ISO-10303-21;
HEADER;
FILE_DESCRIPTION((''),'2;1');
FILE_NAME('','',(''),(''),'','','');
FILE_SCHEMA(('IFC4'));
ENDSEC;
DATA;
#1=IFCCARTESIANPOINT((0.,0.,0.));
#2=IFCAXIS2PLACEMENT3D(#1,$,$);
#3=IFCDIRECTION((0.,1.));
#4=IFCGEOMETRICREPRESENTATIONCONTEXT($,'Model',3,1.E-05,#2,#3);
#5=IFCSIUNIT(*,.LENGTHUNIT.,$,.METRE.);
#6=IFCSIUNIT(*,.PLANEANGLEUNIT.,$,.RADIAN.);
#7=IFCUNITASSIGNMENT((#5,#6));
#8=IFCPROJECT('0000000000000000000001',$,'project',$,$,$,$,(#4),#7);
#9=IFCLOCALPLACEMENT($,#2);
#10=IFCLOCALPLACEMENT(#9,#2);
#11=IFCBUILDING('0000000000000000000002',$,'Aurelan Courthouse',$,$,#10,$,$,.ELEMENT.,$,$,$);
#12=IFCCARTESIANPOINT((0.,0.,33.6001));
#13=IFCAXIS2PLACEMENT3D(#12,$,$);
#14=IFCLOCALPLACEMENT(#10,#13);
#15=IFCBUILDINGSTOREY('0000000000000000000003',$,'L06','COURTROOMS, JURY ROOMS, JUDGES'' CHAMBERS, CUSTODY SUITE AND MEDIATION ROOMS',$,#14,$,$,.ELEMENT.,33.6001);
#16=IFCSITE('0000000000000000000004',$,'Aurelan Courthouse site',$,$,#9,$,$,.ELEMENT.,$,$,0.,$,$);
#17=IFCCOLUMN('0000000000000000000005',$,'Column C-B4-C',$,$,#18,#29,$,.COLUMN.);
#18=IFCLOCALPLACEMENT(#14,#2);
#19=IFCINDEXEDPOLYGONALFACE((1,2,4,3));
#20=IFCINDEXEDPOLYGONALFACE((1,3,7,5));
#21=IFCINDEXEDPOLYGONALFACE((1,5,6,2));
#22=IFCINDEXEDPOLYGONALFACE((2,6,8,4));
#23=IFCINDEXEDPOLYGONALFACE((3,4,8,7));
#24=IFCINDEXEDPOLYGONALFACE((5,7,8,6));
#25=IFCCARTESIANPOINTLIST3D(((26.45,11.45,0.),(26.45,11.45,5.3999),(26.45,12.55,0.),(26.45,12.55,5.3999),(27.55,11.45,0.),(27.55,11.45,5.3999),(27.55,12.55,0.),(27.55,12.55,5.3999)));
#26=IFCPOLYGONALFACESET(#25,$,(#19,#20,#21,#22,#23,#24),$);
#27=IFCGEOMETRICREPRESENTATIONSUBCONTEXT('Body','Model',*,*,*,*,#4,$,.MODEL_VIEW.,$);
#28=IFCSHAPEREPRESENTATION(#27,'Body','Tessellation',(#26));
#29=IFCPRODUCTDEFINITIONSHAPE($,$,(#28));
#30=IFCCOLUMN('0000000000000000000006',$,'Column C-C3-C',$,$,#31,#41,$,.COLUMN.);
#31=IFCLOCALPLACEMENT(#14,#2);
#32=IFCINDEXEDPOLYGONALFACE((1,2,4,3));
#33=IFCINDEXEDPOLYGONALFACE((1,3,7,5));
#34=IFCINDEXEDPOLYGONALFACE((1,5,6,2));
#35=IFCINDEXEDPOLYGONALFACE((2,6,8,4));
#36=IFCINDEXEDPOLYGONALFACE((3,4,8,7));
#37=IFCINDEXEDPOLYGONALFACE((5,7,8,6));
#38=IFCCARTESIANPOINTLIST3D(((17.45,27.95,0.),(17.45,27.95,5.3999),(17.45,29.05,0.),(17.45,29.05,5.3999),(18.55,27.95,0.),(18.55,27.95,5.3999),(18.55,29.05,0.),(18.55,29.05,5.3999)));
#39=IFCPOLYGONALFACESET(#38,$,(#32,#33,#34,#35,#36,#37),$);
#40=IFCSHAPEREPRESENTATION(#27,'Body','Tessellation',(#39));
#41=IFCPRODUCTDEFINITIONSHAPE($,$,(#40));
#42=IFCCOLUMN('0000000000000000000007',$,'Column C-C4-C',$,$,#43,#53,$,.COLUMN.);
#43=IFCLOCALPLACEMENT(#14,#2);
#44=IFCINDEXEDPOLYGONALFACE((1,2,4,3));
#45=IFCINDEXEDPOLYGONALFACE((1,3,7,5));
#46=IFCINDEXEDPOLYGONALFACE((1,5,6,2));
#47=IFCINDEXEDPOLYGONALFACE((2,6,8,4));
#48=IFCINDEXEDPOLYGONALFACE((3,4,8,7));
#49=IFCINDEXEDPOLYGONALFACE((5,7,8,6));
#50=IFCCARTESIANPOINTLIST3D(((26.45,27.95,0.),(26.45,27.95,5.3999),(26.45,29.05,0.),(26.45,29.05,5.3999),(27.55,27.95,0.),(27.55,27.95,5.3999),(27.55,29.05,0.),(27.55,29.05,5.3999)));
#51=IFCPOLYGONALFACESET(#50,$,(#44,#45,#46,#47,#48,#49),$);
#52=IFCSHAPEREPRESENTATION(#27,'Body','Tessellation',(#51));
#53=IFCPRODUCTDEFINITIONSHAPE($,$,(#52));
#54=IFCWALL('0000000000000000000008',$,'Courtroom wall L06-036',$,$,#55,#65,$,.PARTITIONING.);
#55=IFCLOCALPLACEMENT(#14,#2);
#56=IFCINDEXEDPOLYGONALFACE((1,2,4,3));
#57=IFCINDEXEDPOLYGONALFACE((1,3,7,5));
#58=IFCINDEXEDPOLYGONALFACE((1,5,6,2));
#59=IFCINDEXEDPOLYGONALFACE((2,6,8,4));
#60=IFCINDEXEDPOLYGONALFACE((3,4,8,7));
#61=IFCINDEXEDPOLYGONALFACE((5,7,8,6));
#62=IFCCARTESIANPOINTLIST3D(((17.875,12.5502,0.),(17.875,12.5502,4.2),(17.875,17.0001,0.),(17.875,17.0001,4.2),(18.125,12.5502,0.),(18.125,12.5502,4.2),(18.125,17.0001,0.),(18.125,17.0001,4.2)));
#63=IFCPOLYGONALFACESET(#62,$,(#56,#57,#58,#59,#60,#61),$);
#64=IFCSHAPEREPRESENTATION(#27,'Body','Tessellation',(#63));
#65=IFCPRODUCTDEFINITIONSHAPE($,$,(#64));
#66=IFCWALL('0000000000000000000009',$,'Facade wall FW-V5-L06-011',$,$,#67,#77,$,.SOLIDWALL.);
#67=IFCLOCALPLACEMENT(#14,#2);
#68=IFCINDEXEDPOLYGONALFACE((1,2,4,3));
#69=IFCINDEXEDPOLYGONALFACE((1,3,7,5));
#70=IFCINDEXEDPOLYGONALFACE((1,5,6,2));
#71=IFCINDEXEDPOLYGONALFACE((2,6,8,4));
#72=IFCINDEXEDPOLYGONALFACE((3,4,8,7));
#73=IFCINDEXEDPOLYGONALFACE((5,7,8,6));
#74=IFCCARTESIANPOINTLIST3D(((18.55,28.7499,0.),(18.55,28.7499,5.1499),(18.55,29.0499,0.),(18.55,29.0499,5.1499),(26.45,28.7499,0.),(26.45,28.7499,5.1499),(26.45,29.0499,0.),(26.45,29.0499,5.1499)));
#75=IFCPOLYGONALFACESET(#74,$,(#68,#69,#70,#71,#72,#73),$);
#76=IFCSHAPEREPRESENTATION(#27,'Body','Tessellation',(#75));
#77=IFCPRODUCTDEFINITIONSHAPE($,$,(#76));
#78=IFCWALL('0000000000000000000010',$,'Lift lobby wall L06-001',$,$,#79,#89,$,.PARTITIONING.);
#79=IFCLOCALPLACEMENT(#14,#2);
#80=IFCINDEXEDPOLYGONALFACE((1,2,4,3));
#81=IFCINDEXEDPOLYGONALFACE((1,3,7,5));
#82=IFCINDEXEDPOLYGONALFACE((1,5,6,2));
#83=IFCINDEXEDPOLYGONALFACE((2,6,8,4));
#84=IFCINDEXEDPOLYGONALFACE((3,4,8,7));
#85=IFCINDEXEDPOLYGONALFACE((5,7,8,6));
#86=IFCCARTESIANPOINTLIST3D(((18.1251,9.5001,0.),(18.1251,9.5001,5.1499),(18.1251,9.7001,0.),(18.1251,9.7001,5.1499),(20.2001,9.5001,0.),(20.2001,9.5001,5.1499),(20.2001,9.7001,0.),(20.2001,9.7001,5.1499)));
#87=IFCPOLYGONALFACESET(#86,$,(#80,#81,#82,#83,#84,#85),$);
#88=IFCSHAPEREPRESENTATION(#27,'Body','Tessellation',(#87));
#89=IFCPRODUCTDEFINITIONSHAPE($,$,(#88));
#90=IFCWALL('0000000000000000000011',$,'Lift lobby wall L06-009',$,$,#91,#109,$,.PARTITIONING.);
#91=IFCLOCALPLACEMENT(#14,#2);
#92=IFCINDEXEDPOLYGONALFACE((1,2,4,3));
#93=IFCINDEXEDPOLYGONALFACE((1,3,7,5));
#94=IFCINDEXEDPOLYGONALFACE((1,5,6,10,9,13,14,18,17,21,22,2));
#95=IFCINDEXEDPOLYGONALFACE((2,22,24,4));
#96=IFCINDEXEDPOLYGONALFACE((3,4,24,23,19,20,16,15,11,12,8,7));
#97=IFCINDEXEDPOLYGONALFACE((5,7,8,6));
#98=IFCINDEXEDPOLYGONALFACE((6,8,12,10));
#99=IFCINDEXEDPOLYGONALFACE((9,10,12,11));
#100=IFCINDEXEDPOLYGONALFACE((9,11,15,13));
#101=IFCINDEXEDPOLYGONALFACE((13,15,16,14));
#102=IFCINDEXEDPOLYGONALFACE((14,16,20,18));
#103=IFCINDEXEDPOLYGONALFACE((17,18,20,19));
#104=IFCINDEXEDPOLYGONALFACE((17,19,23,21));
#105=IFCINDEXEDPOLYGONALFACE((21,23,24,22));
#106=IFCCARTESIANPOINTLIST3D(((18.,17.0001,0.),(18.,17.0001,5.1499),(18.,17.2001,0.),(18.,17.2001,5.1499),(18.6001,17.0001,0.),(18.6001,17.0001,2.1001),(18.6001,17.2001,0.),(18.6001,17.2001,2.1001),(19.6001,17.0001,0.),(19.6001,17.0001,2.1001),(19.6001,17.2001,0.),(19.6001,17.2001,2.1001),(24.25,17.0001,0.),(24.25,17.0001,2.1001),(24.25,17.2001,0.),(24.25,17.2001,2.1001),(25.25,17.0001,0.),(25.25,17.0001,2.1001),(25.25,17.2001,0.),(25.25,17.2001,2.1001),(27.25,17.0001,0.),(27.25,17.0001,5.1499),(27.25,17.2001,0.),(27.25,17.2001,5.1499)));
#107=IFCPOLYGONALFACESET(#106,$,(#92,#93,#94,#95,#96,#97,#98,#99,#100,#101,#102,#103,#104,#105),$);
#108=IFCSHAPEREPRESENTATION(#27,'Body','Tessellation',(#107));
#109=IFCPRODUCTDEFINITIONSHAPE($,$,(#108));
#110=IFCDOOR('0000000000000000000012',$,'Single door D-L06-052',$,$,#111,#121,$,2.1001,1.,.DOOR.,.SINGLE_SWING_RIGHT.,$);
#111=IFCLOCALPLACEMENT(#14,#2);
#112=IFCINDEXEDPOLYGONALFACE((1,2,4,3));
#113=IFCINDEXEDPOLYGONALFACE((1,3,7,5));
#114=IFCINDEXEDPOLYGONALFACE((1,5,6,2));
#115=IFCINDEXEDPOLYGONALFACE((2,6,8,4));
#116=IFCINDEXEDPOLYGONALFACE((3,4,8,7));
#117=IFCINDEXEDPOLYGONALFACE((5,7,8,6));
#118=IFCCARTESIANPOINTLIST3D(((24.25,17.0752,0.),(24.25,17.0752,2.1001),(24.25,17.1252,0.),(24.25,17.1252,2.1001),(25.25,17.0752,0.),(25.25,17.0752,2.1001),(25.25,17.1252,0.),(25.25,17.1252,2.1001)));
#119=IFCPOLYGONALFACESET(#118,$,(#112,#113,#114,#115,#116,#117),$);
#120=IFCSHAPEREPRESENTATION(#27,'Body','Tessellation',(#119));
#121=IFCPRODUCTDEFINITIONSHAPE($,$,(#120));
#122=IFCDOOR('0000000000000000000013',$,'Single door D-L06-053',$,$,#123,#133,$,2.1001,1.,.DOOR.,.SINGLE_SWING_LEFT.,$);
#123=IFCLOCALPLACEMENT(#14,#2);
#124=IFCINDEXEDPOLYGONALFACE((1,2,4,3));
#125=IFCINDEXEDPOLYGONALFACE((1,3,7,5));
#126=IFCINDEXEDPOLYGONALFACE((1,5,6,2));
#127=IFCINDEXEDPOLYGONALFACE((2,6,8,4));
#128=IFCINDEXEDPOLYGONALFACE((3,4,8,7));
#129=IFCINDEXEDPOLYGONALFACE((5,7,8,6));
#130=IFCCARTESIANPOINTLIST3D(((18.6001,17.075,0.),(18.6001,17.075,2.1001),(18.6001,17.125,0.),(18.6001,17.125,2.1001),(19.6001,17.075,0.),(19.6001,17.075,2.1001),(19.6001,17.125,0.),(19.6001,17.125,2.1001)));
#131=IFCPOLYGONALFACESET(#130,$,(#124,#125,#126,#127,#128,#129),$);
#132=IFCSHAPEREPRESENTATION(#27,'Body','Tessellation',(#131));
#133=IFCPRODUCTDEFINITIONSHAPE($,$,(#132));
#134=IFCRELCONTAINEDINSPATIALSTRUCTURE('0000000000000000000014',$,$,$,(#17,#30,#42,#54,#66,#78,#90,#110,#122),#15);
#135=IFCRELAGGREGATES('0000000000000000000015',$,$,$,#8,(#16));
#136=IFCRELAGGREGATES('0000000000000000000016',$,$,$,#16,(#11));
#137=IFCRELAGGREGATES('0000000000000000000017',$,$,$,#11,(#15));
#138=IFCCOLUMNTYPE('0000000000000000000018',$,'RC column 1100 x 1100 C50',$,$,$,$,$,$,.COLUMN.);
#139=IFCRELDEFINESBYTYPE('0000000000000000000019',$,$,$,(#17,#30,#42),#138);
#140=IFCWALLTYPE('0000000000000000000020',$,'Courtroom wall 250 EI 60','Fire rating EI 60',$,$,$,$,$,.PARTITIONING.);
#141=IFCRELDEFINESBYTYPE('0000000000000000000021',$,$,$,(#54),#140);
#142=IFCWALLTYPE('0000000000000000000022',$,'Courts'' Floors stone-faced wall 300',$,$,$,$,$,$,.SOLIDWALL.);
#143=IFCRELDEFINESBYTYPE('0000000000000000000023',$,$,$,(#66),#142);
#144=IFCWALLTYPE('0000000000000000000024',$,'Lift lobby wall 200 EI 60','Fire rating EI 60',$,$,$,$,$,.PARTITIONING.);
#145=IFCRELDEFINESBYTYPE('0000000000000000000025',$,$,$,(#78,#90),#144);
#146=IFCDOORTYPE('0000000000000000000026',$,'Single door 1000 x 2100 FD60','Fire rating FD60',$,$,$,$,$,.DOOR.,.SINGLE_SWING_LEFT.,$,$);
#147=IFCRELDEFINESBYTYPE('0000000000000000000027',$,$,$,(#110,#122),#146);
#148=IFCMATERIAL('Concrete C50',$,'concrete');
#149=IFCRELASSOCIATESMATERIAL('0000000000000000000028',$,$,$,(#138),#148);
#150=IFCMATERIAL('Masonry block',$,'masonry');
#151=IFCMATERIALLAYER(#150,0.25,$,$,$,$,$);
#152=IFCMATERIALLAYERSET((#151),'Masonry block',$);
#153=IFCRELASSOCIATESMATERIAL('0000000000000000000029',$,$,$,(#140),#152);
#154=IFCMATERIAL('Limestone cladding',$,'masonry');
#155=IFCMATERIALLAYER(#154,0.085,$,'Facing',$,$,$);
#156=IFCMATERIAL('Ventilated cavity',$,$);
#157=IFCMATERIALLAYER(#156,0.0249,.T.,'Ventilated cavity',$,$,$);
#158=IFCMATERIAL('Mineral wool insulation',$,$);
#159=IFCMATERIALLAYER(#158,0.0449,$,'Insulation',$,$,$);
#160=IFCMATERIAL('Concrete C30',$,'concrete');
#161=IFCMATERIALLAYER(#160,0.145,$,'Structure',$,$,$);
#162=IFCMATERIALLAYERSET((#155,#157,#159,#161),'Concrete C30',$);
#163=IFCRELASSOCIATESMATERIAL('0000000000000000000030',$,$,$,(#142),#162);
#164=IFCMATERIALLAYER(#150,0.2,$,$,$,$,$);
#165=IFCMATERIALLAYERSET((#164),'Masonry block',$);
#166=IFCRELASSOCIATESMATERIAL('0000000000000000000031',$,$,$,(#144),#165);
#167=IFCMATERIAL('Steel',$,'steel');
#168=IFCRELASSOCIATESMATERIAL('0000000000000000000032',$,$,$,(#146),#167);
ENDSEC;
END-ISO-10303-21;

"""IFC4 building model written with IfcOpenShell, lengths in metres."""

from ifc_helpers import new_model, si_unit, direction, frame, frame_2d, origin, origin_2d, place, context, subcontext, project, spatial, rectangle, extrude, material, layer, layer_set, material_profile, profile_set, type_object, element, fill, save


model = new_model("IFC4")

# Units and contexts
model_context = context("Model", 3, precision=1e-05, world=origin(), true_north=direction((0.0, 1.0)))
body_context = subcontext(model_context, "Body", "Model", "MODEL_VIEW")
ifc_project = project(units=[si_unit("LENGTHUNIT", "METRE"), si_unit("PLANEANGLEUNIT", "RADIAN")], contexts=[model_context])

# Site, building, storey
site_placement = place(None, origin())
site = spatial("IfcSite", under=ifc_project, at=site_placement, Name="Aurelan Courthouse site", CompositionType="ELEMENT", RefElevation=0.0)
building_placement = place(site_placement, origin())
building = spatial("IfcBuilding", under=site, at=building_placement, Name="Aurelan Courthouse", CompositionType="ELEMENT")
storey_placement = place(building_placement, frame((0.0, 0.0, 33.6001)))
storey = spatial("IfcBuildingStorey", under=building, at=storey_placement, Name="L06", Description="COURTROOMS, JURY ROOMS, JUDGES' CHAMBERS, CUSTODY SUITE AND MEDIATION ROOMS", CompositionType="ELEMENT", Elevation=33.6001)

# Columns
ifc_material_1 = material(Name="Concrete C50", Category="concrete")
ifc_material_profile = material_profile(ifc_material_1, rectangle(XDim=1.1001, YDim=1.1001, at=origin_2d()), Name="RC 1100 x 1100")
ifc_profile_set = profile_set([ifc_material_profile], Name="Concrete C50")
column_type = type_object("IfcColumnType", Name="RC column 1100 x 1100 C50", PredefinedType="COLUMN", material=ifc_profile_set)
for number, where, z_axis, x_axis, name in (
    (1, (27.0, 12.0, 0.0), (0.0, 0.0, 1.0), (1.0, 0.0, 0.0), "Column C-B4-C"),
    (2, (18.0, 28.5, 0.0), (0.0, 0.0, 1.0), (1.0, 0.0, 0.0), "Column C-C3-C"),
    (3, (27.0, 28.5, 0.0), (0.0, 0.0, 1.0), (1.0, 0.0, 0.0), "Column C-C4-C"),
):
    element("IfcColumn", number, at=place(storey_placement, frame(where, z_axis=z_axis, x_axis=x_axis)), inside=storey, type_object=column_type, Name=name, PredefinedType="COLUMN", context=body_context, shape_type="SweptSolid", body=[
        extrude(rectangle(XDim=1.1001, YDim=1.1001, at=origin_2d()), origin(), (0.0, 0.0, 1.0), 5.3999),
    ])

# Walls
ifc_material_2 = material(Name="Masonry block", Category="masonry")
ifc_layer_1 = layer(ifc_material_2, 0.25)
ifc_layer_set_1 = layer_set([ifc_layer_1], Name="Masonry block")
wall_type_1 = type_object("IfcWallType", Name="Courtroom wall 250 EI 60", Description="Fire rating EI 60", PredefinedType="PARTITIONING", material=ifc_layer_set_1)
wall_1_placement = place(storey_placement, frame((18.0, 12.55, 0.0), z_axis=(0.0, 0.0, 1.0), x_axis=(0.0, 1.0, 0.0)))
element("IfcWall", 4, at=wall_1_placement, inside=storey, type_object=wall_type_1, Name="Courtroom wall L06-036", PredefinedType="PARTITIONING", context=body_context, shape_type="SweptSolid", body=[
    extrude(rectangle(XDim=4.45, YDim=0.25, at=frame_2d((2.2251, 0.0))), origin(), (0.0, 0.0, 1.0), 4.2),
])
ifc_material_3 = material(Name="Limestone cladding", Category="masonry")
ifc_layer_2 = layer(ifc_material_3, 0.085, Name="Facing")
ifc_material_4 = material(Name="Ventilated cavity")
ifc_layer_3 = layer(ifc_material_4, 0.0249, ventilated=True, Name="Ventilated cavity")
ifc_material_5 = material(Name="Mineral wool insulation")
ifc_layer_4 = layer(ifc_material_5, 0.0449, Name="Insulation")
ifc_material_6 = material(Name="Concrete C30", Category="concrete")
ifc_layer_5 = layer(ifc_material_6, 0.145, Name="Structure")
ifc_layer_set_2 = layer_set([ifc_layer_2, ifc_layer_3, ifc_layer_4, ifc_layer_5], Name="Concrete C30")
wall_type_2 = type_object("IfcWallType", Name="Courts' Floors stone-faced wall 300", PredefinedType="SOLIDWALL", material=ifc_layer_set_2)
wall_2_placement = place(storey_placement, frame((18.55, 28.8999, 0.0), z_axis=(0.0, 0.0, 1.0), x_axis=(1.0, 0.0, 0.0)))
element("IfcWall", 5, at=wall_2_placement, inside=storey, type_object=wall_type_2, Name="Facade wall FW-V5-L06-011", PredefinedType="SOLIDWALL", context=body_context, shape_type="SweptSolid", body=[
    extrude(rectangle(XDim=7.8999, YDim=0.3, at=frame_2d((3.95, 0.0))), origin(), (0.0, 0.0, 1.0), 5.1499),
])
ifc_layer_6 = layer(ifc_material_2, 0.2)
ifc_layer_set_3 = layer_set([ifc_layer_6], Name="Masonry block")
wall_type_3 = type_object("IfcWallType", Name="Lift lobby wall 200 EI 60", Description="Fire rating EI 60", PredefinedType="PARTITIONING", material=ifc_layer_set_3)
wall_3_placement = place(storey_placement, frame((18.125, 9.6001, 0.0), z_axis=(0.0, 0.0, 1.0), x_axis=(1.0, 0.0, 0.0)))
element("IfcWall", 6, at=wall_3_placement, inside=storey, type_object=wall_type_3, Name="Lift lobby wall L06-001", PredefinedType="PARTITIONING", context=body_context, shape_type="SweptSolid", body=[
    extrude(rectangle(XDim=2.075, YDim=0.2, at=frame_2d((1.0376, 0.0))), origin(), (0.0, 0.0, 1.0), 5.1499),
])

# Wall, openings, doors
wall_4_placement = place(storey_placement, frame((18.0, 17.1001, 0.0), z_axis=(0.0, 0.0, 1.0), x_axis=(1.0, 0.0, 0.0)))
wall_4 = element("IfcWall", 7, at=wall_4_placement, inside=storey, type_object=wall_type_3, Name="Lift lobby wall L06-009", PredefinedType="PARTITIONING", context=body_context, shape_type="SweptSolid", body=[
    extrude(rectangle(XDim=9.25, YDim=0.2, at=frame_2d((4.625, 0.0))), origin(), (0.0, 0.0, 1.0), 5.1499),
])
opening_1_placement = place(wall_4_placement, frame((7.25, 0.0, 0.0), z_axis=(0.0, 0.0, 1.0), x_axis=(-1.0, 0.0, 0.0)))
opening_1 = element("IfcOpeningElement", 8, at=opening_1_placement, cuts=wall_4, PredefinedType="OPENING", context=body_context, shape_type="SweptSolid", body=[
    extrude(rectangle(XDim=1.0, YDim=2.1001, at=frame_2d((0.5, 1.05))), frame((0.0, 0.1099, 0.0), z_axis=(0.0, -1.0, 0.0), x_axis=(1.0, 0.0, 0.0)), (0.0, 0.0, 1.0), 0.22),
])
opening_2_placement = place(wall_4_placement, frame((0.6001, 0.0, 0.0)))
opening_2 = element("IfcOpeningElement", 9, at=opening_2_placement, cuts=wall_4, PredefinedType="OPENING", context=body_context, shape_type="SweptSolid", body=[
    extrude(rectangle(XDim=1.0, YDim=2.1001, at=frame_2d((0.5, 1.05))), frame((0.0, 0.1099, 0.0), z_axis=(0.0, -1.0, 0.0), x_axis=(1.0, 0.0, 0.0)), (0.0, 0.0, 1.0), 0.22),
])
ifc_material_7 = material(Name="Steel", Category="steel")
door_type_1 = type_object("IfcDoorType", Name="Single door 1000 x 2100 FD60", Description="Fire rating FD60", OperationType="SINGLE_SWING_LEFT", PredefinedType="DOOR", material=ifc_material_7)
door_1_placement = place(opening_1_placement, origin())
door_1 = element("IfcDoor", 10, at=door_1_placement, inside=storey, type_object=door_type_1, Name="Single door D-L06-052", OperationType="SINGLE_SWING_RIGHT", OverallHeight=2.1001, OverallWidth=1.0, PredefinedType="DOOR", context=body_context, shape_type="SweptSolid", body=[
    extrude(rectangle(XDim=1.0, YDim=2.1001, at=frame_2d((0.5, 1.05))), frame((0.0, 0.0249, 0.0), z_axis=(0.0, -1.0, 0.0), x_axis=(1.0, 0.0, 0.0)), (0.0, 0.0, 1.0), 0.05),
])
fill(opening_1, door_1)
door_2_placement = place(opening_2_placement, origin())
door_2 = element("IfcDoor", 11, at=door_2_placement, inside=storey, type_object=door_type_1, Name="Single door D-L06-053", OperationType="SINGLE_SWING_LEFT", OverallHeight=2.1001, OverallWidth=1.0, PredefinedType="DOOR", context=body_context, shape_type="SweptSolid", body=[
    extrude(rectangle(XDim=1.0, YDim=2.1001, at=frame_2d((0.5, 1.05))), frame((0.0, 0.0249, 0.0), z_axis=(0.0, -1.0, 0.0), x_axis=(1.0, 0.0, 0.0)), (0.0, 0.0, 1.0), 0.05),
])
fill(opening_2, door_2)

save(model, "model.ifc")
